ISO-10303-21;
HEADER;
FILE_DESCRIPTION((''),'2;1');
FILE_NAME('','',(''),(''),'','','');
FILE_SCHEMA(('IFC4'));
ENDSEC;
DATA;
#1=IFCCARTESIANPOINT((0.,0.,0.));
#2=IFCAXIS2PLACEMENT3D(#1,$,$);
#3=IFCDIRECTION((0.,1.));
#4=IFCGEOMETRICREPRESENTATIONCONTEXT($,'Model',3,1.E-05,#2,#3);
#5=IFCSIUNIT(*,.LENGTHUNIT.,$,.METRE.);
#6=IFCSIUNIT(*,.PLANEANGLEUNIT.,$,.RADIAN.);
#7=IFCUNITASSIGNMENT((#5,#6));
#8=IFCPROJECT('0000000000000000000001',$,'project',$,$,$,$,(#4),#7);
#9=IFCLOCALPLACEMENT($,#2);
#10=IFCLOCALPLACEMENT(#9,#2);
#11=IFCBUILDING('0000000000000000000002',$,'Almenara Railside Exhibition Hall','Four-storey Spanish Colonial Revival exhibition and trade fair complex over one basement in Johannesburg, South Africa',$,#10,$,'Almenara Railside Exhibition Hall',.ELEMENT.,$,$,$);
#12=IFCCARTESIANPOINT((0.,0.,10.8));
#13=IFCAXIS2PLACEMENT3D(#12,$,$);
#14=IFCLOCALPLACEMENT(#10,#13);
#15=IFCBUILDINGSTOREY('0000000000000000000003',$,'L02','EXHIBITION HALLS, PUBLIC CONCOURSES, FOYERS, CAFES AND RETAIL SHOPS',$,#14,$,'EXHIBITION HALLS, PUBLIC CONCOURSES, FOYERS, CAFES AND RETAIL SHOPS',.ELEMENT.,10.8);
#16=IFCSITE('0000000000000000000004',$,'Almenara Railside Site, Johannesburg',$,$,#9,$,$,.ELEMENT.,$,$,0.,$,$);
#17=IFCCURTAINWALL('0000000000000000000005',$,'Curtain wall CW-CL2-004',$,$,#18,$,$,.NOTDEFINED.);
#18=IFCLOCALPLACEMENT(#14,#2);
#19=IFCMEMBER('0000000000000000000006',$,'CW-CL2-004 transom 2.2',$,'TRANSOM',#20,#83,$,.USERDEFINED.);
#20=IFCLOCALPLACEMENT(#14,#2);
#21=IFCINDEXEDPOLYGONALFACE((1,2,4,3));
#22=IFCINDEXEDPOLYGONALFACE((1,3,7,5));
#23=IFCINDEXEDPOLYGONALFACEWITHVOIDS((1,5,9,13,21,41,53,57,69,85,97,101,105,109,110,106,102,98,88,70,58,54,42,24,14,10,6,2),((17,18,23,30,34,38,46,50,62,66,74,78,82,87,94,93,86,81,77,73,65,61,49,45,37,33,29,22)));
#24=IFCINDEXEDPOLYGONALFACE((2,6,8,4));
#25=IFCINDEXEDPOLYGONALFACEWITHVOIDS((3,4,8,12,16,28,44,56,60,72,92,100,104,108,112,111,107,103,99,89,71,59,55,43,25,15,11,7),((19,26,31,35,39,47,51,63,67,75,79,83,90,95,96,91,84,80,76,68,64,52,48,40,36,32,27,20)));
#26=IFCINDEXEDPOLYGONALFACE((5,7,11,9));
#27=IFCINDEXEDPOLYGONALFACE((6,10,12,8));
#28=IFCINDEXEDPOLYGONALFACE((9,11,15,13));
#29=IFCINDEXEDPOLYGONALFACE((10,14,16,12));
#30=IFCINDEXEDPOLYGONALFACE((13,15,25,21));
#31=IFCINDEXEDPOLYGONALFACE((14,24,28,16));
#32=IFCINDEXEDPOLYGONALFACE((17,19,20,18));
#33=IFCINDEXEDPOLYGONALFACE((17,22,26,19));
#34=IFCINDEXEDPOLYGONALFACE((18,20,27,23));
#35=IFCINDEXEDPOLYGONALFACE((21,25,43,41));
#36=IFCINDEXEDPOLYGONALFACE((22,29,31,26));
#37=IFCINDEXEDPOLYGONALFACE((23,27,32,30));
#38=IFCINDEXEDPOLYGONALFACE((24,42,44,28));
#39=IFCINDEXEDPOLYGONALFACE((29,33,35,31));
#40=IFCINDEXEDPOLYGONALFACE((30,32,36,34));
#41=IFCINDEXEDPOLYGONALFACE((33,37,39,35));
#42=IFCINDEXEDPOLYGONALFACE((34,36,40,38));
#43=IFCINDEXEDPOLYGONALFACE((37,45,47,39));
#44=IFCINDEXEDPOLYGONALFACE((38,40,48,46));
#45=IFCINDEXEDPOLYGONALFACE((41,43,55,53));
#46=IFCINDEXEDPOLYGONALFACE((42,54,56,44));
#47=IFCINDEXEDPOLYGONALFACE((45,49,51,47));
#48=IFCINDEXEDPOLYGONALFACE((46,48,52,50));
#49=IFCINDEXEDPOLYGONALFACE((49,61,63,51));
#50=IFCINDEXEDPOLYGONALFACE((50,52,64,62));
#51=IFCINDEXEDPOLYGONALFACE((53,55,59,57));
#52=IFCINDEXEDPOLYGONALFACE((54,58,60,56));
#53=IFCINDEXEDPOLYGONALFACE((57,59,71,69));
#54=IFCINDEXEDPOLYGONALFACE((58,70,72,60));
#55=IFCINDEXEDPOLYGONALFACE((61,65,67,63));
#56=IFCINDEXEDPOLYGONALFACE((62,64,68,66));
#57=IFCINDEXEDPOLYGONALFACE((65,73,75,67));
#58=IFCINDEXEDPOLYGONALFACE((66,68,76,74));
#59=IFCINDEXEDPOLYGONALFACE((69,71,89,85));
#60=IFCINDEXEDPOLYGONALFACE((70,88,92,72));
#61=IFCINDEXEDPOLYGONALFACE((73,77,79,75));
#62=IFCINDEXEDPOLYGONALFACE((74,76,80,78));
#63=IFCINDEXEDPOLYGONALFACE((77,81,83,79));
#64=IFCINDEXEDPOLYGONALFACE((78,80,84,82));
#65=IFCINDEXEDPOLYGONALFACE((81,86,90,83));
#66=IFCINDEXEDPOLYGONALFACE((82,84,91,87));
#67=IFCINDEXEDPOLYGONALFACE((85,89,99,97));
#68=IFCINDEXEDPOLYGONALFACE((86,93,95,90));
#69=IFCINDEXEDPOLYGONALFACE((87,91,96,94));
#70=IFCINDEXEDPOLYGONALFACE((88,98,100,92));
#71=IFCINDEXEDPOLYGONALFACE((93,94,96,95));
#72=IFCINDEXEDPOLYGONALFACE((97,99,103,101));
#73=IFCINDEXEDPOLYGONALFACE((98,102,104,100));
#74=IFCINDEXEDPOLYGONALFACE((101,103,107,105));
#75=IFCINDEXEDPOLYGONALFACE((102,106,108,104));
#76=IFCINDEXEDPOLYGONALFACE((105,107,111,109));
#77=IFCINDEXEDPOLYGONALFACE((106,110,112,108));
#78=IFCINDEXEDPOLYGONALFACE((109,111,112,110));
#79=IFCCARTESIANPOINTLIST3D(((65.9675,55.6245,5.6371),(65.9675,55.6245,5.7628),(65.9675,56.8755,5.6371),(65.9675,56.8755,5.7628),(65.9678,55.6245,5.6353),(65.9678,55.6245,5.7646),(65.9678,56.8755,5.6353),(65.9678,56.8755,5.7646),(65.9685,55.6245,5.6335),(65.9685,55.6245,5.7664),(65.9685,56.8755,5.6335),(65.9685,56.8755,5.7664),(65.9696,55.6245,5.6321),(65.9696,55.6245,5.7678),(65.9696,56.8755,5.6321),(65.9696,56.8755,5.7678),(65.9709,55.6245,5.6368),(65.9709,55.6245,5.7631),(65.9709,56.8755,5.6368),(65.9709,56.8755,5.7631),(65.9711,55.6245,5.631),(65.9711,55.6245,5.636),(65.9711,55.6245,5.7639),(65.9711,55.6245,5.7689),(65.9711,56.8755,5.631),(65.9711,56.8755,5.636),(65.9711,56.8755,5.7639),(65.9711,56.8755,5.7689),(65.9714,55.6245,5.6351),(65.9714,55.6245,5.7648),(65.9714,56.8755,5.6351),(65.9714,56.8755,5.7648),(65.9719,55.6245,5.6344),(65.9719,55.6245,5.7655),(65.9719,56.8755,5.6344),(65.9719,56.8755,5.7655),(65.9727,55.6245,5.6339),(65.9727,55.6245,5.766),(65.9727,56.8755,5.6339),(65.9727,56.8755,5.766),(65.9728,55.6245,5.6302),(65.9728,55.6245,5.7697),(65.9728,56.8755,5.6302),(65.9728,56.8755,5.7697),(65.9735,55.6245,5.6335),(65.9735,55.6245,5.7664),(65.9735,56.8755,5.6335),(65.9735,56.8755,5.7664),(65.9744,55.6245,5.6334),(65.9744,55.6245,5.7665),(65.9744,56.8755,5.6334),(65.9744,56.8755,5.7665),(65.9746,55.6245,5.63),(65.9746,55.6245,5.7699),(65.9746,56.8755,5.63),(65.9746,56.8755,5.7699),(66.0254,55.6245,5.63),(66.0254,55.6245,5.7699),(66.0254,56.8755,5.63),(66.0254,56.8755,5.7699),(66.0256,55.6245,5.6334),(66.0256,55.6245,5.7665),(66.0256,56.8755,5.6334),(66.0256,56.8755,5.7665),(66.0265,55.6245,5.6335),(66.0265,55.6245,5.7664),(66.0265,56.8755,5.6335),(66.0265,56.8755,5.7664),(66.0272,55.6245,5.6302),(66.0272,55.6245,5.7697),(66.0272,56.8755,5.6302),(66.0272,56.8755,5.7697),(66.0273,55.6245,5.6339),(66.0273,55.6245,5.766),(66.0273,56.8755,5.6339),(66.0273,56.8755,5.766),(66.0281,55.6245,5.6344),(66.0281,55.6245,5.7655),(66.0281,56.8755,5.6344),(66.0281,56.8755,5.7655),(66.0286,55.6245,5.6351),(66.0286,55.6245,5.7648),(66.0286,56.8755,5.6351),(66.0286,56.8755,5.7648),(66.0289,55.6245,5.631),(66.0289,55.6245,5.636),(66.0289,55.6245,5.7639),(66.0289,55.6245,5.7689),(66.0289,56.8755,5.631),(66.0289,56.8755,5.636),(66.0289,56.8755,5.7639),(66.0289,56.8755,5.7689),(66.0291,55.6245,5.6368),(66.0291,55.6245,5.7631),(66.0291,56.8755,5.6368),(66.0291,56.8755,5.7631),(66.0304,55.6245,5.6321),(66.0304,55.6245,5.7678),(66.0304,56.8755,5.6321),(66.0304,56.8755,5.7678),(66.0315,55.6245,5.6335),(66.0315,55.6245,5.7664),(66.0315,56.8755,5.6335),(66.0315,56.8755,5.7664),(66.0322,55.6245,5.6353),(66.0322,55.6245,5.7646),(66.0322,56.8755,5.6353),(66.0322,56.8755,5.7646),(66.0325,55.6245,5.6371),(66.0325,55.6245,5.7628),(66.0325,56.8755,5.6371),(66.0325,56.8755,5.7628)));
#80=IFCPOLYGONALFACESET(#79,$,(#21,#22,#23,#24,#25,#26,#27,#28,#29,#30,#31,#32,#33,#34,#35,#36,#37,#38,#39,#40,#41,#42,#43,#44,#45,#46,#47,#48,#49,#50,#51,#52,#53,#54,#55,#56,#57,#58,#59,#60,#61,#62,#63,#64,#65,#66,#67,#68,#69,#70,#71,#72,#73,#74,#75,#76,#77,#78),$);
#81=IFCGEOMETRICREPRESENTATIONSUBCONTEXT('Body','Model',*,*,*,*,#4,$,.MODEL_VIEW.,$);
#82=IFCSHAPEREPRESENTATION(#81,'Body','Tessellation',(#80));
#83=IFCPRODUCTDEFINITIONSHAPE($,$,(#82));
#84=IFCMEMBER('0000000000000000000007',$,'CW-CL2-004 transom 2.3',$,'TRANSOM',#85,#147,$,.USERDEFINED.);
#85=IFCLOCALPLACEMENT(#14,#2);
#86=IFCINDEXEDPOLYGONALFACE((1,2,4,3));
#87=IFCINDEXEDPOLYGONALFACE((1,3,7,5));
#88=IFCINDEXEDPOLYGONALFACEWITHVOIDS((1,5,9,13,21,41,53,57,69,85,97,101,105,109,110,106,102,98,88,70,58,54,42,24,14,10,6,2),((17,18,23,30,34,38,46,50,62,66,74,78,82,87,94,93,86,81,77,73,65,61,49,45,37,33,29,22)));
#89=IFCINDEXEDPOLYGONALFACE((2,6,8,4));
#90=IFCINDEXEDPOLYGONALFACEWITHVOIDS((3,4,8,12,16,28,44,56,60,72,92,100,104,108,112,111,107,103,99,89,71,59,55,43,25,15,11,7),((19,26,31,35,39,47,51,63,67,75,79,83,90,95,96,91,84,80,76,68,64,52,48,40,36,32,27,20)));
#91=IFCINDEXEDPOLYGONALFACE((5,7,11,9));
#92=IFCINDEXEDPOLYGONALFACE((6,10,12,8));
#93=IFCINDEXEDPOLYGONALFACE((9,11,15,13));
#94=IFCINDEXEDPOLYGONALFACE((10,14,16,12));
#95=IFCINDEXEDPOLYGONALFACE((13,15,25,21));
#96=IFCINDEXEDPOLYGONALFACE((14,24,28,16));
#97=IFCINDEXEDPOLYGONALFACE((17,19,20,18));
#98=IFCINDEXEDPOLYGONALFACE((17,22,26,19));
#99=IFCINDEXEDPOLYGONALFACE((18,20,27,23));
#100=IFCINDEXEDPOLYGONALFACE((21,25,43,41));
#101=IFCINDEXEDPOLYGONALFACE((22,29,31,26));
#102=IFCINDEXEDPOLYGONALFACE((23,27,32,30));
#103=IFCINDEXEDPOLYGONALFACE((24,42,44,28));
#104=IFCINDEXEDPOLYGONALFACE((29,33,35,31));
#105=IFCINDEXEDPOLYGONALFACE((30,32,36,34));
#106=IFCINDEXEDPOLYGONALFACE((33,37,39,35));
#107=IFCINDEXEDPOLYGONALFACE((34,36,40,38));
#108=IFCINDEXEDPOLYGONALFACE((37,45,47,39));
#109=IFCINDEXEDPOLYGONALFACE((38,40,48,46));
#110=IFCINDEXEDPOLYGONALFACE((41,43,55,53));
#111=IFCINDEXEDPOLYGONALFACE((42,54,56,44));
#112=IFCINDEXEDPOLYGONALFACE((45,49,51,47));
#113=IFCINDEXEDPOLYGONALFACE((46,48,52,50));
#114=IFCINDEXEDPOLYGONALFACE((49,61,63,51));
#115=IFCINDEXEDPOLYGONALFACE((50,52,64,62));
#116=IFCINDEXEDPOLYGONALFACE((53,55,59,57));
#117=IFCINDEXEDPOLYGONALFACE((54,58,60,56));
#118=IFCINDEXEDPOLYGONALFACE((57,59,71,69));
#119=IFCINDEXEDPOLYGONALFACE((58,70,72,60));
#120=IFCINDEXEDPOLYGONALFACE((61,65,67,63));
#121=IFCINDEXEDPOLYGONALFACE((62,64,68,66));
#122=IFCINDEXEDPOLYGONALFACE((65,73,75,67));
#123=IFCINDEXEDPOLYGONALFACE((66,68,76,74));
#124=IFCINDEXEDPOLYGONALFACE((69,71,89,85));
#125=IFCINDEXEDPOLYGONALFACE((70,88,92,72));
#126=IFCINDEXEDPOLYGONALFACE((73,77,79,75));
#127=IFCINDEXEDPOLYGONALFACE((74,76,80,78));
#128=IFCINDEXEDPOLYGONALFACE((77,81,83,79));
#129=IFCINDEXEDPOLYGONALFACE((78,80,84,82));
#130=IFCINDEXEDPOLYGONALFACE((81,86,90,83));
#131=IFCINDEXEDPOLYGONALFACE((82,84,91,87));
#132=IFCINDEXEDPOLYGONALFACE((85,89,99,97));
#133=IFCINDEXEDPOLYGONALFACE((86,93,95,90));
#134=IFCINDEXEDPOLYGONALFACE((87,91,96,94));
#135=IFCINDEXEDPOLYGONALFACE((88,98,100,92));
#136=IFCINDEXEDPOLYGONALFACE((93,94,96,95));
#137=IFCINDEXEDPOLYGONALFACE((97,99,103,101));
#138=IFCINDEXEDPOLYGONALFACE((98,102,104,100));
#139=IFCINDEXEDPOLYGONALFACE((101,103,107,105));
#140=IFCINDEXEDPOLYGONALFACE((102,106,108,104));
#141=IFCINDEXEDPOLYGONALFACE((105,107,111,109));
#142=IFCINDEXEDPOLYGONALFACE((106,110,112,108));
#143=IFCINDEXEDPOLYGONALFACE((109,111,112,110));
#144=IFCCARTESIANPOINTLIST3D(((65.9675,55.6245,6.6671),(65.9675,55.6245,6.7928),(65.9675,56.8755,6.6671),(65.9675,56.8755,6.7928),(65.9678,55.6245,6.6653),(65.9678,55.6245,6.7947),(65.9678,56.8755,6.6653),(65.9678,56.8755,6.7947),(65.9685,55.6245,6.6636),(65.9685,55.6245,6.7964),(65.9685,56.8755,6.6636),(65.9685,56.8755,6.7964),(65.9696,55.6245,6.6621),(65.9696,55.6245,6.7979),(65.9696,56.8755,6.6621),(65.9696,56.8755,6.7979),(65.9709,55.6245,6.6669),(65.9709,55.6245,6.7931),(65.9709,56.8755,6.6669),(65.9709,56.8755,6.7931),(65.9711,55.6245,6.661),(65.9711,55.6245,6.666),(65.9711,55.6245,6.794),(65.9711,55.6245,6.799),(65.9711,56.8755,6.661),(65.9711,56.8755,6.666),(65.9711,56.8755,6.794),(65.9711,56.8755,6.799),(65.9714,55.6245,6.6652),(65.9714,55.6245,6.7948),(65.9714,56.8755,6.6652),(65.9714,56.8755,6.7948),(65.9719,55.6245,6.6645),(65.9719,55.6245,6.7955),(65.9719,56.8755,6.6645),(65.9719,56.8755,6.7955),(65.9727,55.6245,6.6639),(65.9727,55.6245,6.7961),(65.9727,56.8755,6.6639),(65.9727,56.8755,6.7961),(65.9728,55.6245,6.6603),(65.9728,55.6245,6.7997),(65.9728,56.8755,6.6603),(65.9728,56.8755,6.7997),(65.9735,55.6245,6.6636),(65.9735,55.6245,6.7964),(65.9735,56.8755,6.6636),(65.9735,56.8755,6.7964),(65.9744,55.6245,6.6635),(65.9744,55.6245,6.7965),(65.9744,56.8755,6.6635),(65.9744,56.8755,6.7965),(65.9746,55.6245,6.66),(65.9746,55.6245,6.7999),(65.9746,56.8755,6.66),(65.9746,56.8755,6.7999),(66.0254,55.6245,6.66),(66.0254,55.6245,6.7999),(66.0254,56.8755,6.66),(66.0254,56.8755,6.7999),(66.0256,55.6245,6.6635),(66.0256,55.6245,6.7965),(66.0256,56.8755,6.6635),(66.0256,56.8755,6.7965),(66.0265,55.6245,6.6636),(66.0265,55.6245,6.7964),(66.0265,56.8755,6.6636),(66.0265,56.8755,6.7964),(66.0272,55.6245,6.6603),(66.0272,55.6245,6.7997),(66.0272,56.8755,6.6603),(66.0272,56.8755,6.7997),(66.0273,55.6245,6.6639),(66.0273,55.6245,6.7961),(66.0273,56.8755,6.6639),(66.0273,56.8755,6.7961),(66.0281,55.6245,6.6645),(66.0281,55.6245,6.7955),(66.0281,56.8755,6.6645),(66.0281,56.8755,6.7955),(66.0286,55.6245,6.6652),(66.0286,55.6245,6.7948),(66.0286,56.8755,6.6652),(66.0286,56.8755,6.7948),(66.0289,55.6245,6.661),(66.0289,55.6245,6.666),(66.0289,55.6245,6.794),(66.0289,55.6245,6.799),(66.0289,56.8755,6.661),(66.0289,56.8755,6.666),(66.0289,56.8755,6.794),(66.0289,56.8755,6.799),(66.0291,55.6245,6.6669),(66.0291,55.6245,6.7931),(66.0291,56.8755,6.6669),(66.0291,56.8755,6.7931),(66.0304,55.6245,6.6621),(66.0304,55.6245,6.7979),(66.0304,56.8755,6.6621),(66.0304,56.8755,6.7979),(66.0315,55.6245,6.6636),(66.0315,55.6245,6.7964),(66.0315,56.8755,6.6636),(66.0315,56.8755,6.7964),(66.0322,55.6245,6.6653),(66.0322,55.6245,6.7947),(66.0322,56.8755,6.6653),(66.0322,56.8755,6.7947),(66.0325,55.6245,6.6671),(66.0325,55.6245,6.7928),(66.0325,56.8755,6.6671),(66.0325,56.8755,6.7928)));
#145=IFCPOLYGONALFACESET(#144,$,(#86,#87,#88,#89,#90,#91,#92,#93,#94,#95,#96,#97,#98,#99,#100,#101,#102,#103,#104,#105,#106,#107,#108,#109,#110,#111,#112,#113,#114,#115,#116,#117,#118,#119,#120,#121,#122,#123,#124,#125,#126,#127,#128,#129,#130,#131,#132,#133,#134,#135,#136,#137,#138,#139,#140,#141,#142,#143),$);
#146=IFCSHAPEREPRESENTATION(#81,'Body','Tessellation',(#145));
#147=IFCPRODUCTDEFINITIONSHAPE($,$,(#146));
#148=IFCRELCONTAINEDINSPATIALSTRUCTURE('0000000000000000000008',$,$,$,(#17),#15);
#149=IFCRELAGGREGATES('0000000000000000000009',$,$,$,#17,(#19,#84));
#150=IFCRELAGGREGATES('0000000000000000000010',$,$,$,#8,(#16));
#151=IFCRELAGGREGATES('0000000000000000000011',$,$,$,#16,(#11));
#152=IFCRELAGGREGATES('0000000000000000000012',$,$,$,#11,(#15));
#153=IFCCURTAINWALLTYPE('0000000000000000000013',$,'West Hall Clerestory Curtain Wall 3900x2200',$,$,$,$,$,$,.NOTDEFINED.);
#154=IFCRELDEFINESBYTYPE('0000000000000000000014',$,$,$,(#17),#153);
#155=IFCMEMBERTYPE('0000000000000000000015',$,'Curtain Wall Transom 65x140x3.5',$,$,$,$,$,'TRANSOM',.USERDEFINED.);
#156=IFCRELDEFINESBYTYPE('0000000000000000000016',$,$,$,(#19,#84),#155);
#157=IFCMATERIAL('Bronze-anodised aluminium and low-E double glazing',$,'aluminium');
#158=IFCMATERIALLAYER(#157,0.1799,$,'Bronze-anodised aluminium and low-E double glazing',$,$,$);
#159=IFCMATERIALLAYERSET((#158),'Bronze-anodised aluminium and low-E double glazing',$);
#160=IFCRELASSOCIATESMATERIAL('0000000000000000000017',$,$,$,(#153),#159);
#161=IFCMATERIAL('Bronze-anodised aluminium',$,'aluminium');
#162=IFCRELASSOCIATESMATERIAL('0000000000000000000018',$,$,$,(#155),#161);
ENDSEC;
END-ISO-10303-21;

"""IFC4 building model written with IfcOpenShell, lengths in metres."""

from ifc_helpers import new_model, si_unit, direction, frame, origin, origin_2d, place, context, subcontext, project, spatial, hollow_rectangle, extrude, material, layer, layer_set, material_profile, profile_set, type_object, element, aggregate, save


model = new_model("IFC4")

# Units and contexts
model_context = context("Model", 3, precision=1e-05, world=origin(), true_north=direction((0.0, 1.0)))
body_context = subcontext(model_context, "Body", "Model", "MODEL_VIEW")
ifc_project = project(units=[si_unit("LENGTHUNIT", "METRE"), si_unit("PLANEANGLEUNIT", "RADIAN")], contexts=[model_context])

# Site, building, storey
site_placement = place(None, origin())
site = spatial("IfcSite", under=ifc_project, at=site_placement, Name="Almenara Railside Site, Johannesburg", CompositionType="ELEMENT", RefElevation=0.0)
building_placement = place(site_placement, origin())
building = spatial("IfcBuilding", under=site, at=building_placement, Name="Almenara Railside Exhibition Hall", Description="Four-storey Spanish Colonial Revival exhibition and trade fair complex over one basement in Johannesburg, South Africa", LongName="Almenara Railside Exhibition Hall", CompositionType="ELEMENT")
storey_placement = place(building_placement, frame((0.0, 0.0, 10.8)))
storey = spatial("IfcBuildingStorey", under=building, at=storey_placement, Name="L02", Description="EXHIBITION HALLS, PUBLIC CONCOURSES, FOYERS, CAFES AND RETAIL SHOPS", LongName="EXHIBITION HALLS, PUBLIC CONCOURSES, FOYERS, CAFES AND RETAIL SHOPS", CompositionType="ELEMENT", Elevation=10.8)

# Curtain wall, members
ifc_material_1 = material(Name="Bronze-anodised aluminium and low-E double glazing", Category="aluminium")
ifc_layer_1 = layer(ifc_material_1, 0.1799, Name="Bronze-anodised aluminium and low-E double glazing")
ifc_layer_set_1 = layer_set([ifc_layer_1], Name="Bronze-anodised aluminium and low-E double glazing")
curtain_wall_type = type_object("IfcCurtainWallType", Name="West Hall Clerestory Curtain Wall 3900x2200", PredefinedType="NOTDEFINED", material=ifc_layer_set_1)
curtain_wall_placement = place(storey_placement, origin())
curtain_wall = element("IfcCurtainWall", 1, at=curtain_wall_placement, inside=storey, type_object=curtain_wall_type, Name="Curtain wall CW-CL2-004", PredefinedType="NOTDEFINED")
ifc_material_2 = material(Name="Bronze-anodised aluminium", Category="aluminium")
ifc_material_profile_1 = material_profile(ifc_material_2, hollow_rectangle(XDim=0.0649, YDim=0.1399, WallThickness=0.0034, InnerFilletRadius=0.0034, OuterFilletRadius=0.0071, at=origin_2d()), Name="ALU-TRN 65x140x3.5")
ifc_profile_set_1 = profile_set([ifc_material_profile_1], Name="Bronze-anodised aluminium")
member_type_1 = type_object("IfcMemberType", Name="Curtain Wall Transom 65x140x3.5", ElementType="TRANSOM", PredefinedType="USERDEFINED", material=ifc_profile_set_1)
member_1_placement = place(storey_placement, frame((66.0, 55.6245, 5.7), z_axis=(0.0, 1.0, 0.0), x_axis=(-1.0, 0.0, 0.0)))
member_1 = element("IfcMember", 2, at=member_1_placement, type_object=member_type_1, Name="CW-CL2-004 transom 2.2", ObjectType="TRANSOM", PredefinedType="USERDEFINED", context=body_context, shape_type="SweptSolid", body=[
    extrude(hollow_rectangle(XDim=0.0649, YDim=0.1399, WallThickness=0.0034, InnerFilletRadius=0.0034, OuterFilletRadius=0.0071, at=origin_2d()), origin(), (0.0, 0.0, 1.0), 1.251),
])
member_2_placement = place(storey_placement, frame((66.0, 55.6245, 6.73), z_axis=(0.0, 1.0, 0.0), x_axis=(-1.0, 0.0, 0.0)))
member_2 = element("IfcMember", 3, at=member_2_placement, type_object=member_type_1, Name="CW-CL2-004 transom 2.3", ObjectType="TRANSOM", PredefinedType="USERDEFINED", context=body_context, shape_type="SweptSolid", body=[
    extrude(hollow_rectangle(XDim=0.0649, YDim=0.1399, WallThickness=0.0034, InnerFilletRadius=0.0034, OuterFilletRadius=0.0071, at=origin_2d()), origin(), (0.0, 0.0, 1.0), 1.251),
])
aggregate(curtain_wall, [member_1, member_2])

save(model, "model.ifc")
